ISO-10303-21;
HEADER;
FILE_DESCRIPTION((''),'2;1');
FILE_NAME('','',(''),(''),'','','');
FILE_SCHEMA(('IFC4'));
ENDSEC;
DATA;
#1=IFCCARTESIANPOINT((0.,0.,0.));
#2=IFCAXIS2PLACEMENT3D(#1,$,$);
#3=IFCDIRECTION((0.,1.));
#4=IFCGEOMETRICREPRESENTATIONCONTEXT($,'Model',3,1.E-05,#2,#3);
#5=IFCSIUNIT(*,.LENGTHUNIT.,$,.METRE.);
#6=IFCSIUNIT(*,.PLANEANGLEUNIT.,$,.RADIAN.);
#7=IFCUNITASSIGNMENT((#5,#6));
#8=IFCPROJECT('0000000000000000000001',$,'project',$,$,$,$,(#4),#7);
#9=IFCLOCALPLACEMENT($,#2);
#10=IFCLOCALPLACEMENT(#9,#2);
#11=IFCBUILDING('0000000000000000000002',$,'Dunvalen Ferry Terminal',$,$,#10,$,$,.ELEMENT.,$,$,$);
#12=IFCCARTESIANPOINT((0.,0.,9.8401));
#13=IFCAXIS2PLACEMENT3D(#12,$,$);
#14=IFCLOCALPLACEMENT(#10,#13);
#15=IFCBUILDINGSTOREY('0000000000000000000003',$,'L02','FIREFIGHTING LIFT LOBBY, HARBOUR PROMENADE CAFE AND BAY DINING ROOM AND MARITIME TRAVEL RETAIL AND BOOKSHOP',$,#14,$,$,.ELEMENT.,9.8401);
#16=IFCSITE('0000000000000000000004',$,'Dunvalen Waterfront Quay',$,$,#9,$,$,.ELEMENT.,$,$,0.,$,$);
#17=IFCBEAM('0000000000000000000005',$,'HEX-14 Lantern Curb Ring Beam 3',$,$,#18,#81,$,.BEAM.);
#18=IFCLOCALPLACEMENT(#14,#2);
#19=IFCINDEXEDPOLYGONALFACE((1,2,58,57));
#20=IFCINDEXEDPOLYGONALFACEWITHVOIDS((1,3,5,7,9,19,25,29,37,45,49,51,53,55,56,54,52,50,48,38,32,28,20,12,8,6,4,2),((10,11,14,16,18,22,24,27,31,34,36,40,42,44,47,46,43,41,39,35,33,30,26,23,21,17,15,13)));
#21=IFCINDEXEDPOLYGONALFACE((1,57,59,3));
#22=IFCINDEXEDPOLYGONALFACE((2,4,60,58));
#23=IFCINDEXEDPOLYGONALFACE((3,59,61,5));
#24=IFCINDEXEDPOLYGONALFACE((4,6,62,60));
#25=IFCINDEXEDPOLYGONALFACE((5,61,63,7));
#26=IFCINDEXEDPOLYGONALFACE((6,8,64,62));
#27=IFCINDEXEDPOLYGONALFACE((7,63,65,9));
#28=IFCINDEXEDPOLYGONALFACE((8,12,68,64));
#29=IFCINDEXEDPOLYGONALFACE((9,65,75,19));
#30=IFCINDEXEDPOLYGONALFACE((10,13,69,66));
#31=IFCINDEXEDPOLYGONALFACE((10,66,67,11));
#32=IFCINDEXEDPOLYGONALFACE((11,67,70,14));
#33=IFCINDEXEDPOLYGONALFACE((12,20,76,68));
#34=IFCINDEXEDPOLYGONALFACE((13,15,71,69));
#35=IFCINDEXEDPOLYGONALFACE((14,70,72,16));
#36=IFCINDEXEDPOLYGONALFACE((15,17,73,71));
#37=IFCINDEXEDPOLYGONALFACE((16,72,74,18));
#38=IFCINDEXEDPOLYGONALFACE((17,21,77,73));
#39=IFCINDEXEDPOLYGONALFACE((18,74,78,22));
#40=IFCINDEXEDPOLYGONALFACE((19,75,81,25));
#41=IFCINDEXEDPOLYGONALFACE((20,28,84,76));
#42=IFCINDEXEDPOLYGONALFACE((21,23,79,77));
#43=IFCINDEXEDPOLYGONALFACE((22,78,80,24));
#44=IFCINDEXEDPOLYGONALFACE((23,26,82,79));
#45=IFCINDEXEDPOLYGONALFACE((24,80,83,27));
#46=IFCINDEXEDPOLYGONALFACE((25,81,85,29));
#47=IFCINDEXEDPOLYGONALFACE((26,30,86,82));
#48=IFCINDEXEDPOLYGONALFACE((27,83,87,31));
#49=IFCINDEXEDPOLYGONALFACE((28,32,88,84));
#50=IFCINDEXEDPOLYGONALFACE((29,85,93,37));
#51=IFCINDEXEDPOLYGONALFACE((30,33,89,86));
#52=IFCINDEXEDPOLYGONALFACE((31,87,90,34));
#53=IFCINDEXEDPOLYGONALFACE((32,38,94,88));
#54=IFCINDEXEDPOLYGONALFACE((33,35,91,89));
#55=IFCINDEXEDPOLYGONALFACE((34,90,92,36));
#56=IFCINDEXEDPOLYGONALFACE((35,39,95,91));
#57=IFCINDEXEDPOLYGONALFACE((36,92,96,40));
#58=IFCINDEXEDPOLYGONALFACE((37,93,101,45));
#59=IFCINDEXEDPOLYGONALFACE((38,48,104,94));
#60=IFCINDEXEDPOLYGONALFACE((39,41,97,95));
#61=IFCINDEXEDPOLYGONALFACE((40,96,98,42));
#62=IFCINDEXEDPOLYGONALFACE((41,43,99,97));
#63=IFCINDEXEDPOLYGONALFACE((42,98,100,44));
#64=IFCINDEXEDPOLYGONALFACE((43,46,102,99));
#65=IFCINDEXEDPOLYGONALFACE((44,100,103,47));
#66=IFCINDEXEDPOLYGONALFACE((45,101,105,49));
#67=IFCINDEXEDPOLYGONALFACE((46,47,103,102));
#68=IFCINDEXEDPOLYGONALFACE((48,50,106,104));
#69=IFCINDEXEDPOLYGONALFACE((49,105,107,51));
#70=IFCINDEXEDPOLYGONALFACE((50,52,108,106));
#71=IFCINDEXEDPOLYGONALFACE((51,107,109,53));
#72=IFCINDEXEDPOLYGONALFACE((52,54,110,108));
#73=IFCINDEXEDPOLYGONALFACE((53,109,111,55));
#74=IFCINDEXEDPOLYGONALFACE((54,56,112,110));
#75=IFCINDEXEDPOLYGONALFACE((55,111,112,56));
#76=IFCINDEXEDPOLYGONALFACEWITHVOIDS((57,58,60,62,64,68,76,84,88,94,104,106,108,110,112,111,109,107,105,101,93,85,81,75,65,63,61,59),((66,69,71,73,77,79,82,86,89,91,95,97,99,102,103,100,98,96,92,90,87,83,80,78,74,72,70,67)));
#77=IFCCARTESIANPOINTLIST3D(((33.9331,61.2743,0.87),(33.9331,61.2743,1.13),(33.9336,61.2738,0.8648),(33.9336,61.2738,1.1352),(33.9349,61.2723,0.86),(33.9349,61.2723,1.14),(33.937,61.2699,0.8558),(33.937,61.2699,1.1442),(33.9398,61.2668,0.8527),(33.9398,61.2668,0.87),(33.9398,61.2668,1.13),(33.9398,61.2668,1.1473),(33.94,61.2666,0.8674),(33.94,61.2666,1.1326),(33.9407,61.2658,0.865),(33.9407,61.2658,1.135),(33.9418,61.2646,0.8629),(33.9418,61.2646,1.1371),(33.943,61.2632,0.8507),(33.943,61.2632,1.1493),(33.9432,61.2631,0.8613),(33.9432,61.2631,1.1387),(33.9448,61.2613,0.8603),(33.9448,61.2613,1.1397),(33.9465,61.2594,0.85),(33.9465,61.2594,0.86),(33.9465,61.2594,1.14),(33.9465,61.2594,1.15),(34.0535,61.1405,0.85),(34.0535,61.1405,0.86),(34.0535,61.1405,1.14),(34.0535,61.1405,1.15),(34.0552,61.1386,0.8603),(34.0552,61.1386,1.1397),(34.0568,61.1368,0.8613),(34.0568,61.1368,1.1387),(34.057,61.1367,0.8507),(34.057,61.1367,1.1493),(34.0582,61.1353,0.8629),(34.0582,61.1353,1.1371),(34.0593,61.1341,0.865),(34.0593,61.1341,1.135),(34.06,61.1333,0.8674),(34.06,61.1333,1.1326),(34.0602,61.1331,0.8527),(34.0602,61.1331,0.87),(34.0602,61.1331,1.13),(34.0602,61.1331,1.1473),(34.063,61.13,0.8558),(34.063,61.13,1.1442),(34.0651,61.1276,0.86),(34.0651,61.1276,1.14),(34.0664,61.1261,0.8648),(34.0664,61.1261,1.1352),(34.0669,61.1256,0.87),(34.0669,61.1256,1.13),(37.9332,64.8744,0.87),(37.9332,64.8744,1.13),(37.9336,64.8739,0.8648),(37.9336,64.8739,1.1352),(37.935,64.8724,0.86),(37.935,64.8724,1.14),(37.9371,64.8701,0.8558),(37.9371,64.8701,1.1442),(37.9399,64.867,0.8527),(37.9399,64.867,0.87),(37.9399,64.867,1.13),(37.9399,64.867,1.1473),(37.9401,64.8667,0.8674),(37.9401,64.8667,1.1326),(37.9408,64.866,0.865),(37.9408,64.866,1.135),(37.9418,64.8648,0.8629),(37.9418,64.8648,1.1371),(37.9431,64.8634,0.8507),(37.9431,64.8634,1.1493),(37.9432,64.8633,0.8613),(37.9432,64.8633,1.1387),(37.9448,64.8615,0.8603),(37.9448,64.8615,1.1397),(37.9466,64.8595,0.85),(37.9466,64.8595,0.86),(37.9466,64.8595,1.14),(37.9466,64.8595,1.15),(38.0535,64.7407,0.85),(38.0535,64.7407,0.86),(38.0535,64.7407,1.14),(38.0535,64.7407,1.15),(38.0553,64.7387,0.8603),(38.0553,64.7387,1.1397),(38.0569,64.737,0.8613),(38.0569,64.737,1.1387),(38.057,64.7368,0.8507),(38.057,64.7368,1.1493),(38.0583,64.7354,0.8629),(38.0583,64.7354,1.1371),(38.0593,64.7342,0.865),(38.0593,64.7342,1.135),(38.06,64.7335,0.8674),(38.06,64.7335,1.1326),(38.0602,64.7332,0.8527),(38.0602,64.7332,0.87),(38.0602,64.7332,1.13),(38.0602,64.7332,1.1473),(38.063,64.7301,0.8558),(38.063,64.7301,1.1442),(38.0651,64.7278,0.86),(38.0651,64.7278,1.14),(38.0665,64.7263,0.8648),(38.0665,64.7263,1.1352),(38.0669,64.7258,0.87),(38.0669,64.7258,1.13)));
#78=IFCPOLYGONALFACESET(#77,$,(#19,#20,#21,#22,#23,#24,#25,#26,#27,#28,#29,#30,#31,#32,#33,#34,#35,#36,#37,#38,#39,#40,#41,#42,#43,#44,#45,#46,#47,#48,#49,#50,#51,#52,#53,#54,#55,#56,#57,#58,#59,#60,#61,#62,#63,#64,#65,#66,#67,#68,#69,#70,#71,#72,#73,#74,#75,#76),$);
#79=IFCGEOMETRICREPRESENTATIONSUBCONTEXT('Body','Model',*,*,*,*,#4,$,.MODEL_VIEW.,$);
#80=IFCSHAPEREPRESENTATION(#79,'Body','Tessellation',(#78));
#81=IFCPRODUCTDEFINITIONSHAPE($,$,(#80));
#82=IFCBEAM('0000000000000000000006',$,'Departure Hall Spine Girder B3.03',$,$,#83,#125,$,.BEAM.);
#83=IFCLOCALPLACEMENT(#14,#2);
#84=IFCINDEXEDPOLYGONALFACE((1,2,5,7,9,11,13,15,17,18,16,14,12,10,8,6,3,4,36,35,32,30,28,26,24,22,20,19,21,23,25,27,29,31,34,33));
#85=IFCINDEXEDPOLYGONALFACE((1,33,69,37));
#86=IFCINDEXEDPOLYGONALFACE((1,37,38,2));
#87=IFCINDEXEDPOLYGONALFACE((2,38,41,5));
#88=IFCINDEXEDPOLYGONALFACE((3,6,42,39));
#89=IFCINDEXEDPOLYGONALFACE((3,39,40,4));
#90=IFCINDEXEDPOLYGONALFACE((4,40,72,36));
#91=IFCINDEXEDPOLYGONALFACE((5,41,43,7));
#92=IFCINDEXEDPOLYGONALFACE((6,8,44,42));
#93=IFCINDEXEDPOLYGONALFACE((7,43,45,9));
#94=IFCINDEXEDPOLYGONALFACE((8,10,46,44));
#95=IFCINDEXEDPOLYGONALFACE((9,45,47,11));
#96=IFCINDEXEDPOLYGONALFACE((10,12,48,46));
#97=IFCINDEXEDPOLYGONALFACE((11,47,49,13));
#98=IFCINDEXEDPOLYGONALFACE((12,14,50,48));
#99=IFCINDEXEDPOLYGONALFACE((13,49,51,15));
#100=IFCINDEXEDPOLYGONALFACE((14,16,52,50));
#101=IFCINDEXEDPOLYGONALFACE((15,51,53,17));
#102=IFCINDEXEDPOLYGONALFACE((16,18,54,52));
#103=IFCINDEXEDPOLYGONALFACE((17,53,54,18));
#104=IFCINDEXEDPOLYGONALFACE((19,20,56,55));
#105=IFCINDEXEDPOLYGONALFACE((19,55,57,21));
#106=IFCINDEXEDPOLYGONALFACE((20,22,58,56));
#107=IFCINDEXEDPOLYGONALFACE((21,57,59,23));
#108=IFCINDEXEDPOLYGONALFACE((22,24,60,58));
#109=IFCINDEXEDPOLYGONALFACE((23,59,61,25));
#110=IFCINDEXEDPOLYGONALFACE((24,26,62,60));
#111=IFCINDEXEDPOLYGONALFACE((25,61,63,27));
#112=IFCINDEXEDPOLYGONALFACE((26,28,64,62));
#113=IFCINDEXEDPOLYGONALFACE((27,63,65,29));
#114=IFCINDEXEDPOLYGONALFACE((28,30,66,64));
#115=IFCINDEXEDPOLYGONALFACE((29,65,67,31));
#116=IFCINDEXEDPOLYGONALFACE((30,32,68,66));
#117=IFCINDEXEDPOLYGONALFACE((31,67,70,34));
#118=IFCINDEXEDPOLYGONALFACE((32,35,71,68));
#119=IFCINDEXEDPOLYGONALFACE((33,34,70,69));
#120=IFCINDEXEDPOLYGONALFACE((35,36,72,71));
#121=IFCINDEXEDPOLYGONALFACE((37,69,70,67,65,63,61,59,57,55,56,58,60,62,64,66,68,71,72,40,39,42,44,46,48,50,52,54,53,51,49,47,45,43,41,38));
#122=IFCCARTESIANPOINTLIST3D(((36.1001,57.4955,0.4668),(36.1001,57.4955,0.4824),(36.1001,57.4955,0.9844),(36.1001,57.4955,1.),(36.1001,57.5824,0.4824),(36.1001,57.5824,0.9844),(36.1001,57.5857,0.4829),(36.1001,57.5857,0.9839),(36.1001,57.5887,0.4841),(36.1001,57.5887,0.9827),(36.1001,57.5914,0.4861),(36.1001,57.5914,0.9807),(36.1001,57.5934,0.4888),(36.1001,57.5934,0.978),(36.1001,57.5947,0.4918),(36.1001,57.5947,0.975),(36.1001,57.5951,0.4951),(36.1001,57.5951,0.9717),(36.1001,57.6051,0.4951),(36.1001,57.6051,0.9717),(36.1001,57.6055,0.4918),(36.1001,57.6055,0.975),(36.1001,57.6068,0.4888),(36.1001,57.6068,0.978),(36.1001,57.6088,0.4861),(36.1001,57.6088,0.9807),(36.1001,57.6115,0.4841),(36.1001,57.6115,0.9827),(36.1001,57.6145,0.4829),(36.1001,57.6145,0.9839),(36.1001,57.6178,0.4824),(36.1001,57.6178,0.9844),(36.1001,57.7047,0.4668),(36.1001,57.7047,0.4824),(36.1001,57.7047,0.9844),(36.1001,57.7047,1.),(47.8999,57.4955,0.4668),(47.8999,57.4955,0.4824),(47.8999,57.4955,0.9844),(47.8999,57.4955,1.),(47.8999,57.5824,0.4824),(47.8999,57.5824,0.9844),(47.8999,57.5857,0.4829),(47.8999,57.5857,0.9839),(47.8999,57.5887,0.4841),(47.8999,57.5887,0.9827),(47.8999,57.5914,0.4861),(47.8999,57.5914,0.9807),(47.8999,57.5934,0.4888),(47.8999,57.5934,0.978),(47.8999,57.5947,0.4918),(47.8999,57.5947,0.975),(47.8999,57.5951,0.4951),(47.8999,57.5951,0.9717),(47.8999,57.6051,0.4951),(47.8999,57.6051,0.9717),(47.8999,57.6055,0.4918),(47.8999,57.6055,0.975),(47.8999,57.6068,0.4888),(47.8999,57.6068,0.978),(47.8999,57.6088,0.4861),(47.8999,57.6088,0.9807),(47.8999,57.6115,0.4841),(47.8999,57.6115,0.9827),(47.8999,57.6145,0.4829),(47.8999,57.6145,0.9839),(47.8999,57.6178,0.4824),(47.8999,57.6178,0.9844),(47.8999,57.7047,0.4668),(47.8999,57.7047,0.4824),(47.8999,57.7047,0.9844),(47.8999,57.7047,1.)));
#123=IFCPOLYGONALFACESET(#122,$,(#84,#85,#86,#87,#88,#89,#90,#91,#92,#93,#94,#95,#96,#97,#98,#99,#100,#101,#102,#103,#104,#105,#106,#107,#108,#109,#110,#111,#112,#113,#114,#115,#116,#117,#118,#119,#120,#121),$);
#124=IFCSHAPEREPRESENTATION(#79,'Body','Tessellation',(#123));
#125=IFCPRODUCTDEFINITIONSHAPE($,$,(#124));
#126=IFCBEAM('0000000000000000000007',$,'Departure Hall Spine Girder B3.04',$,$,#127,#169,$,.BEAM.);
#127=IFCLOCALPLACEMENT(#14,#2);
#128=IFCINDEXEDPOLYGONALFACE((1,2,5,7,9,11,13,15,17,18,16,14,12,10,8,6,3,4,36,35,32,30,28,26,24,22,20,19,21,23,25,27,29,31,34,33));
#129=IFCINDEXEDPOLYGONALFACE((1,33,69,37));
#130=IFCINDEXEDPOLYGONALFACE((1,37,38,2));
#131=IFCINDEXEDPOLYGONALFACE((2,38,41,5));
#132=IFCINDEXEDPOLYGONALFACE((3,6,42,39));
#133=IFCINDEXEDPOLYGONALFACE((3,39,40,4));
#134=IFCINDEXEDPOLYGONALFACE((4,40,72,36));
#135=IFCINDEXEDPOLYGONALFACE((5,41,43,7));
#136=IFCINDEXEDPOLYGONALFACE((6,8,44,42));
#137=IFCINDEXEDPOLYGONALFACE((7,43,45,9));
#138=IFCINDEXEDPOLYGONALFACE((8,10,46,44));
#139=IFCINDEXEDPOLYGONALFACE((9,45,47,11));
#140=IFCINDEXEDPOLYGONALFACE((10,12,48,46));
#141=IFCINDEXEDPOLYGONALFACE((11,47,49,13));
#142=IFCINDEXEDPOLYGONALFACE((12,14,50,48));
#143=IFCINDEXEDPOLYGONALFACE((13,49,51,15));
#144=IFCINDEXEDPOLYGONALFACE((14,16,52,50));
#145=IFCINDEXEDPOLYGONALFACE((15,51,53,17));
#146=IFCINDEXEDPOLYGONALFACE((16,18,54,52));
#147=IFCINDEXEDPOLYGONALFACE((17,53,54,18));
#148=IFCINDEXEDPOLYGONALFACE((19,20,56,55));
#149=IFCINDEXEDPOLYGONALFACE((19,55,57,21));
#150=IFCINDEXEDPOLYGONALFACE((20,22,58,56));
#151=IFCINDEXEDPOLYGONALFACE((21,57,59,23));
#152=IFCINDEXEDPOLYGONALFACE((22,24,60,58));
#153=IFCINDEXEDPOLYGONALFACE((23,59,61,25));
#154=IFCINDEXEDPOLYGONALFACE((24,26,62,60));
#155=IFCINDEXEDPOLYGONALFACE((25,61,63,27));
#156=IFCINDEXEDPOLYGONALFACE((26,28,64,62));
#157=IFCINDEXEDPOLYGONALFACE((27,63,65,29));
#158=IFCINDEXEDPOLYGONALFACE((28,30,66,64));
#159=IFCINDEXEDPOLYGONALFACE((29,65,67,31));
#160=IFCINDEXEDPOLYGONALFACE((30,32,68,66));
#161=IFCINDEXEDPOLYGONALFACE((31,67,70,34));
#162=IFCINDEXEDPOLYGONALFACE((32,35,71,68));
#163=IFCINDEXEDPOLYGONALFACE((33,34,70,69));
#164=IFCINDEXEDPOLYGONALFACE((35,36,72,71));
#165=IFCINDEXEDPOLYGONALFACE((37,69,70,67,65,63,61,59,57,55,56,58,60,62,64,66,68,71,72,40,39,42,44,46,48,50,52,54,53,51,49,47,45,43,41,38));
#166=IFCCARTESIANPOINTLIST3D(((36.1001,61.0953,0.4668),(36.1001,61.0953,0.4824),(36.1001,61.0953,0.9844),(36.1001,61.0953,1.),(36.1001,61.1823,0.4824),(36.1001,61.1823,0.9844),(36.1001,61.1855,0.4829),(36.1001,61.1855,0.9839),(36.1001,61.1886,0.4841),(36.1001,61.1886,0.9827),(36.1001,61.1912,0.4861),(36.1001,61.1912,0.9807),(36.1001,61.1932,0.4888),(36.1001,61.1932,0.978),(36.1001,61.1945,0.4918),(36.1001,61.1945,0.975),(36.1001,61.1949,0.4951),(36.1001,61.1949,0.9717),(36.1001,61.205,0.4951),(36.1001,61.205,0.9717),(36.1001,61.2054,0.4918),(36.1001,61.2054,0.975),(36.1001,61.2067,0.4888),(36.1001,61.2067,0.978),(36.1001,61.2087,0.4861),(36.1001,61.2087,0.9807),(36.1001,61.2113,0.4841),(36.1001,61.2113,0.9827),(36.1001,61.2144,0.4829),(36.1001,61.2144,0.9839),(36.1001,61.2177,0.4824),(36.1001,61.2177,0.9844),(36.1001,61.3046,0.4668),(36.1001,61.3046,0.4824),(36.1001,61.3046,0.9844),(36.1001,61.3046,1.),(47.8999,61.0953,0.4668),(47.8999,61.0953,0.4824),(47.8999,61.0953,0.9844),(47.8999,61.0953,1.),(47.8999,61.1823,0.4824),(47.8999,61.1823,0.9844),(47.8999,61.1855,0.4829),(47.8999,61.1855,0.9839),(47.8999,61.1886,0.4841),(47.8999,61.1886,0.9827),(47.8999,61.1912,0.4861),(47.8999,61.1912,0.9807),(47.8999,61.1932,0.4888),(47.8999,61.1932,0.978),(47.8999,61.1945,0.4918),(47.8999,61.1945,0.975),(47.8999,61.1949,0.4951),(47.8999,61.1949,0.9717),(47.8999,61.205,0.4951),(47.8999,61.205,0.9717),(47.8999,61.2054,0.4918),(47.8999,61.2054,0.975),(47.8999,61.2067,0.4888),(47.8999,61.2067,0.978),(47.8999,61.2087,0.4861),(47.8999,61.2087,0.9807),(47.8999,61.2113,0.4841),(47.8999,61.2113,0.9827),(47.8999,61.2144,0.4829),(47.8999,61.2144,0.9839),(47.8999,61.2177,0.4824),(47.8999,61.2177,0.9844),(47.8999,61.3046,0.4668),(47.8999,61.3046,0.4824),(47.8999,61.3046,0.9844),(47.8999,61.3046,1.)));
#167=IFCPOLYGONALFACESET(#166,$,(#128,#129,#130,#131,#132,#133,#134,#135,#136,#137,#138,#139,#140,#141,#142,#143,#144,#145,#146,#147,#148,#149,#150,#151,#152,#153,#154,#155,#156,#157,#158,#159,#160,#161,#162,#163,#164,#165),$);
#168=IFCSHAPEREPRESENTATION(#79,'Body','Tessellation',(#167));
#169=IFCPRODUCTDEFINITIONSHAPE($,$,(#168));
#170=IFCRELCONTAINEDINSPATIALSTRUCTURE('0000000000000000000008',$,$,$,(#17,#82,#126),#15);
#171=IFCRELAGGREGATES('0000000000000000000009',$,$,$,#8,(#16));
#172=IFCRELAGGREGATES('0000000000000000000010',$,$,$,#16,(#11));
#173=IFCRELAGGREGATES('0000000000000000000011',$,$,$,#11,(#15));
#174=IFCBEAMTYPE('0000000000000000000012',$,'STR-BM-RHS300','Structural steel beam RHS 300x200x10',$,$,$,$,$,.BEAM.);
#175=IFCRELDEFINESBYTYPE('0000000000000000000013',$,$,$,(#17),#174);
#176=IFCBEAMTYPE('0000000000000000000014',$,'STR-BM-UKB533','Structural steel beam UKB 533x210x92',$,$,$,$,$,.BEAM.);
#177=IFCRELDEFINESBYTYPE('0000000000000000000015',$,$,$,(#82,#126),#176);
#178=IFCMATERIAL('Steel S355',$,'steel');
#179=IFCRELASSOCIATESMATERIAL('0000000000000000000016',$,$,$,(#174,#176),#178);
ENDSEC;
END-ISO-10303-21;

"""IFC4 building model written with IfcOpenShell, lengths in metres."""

from ifc_helpers import new_model, si_unit, direction, frame, origin, origin_2d, place, context, subcontext, project, spatial, hollow_rectangle, i_section, extrude, material, material_profile, profile_set, type_object, element, save


model = new_model("IFC4")

# Units and contexts
model_context = context("Model", 3, precision=1e-05, world=origin(), true_north=direction((0.0, 1.0)))
body_context = subcontext(model_context, "Body", "Model", "MODEL_VIEW")
ifc_project = project(units=[si_unit("LENGTHUNIT", "METRE"), si_unit("PLANEANGLEUNIT", "RADIAN")], contexts=[model_context])

# Site, building, storey
site_placement = place(None, origin())
site = spatial("IfcSite", under=ifc_project, at=site_placement, Name="Dunvalen Waterfront Quay", CompositionType="ELEMENT", RefElevation=0.0)
building_placement = place(site_placement, origin())
building = spatial("IfcBuilding", under=site, at=building_placement, Name="Dunvalen Ferry Terminal", CompositionType="ELEMENT")
storey_placement = place(building_placement, frame((0.0, 0.0, 9.8401)))
storey = spatial("IfcBuildingStorey", under=building, at=storey_placement, Name="L02", Description="FIREFIGHTING LIFT LOBBY, HARBOUR PROMENADE CAFE AND BAY DINING ROOM AND MARITIME TRAVEL RETAIL AND BOOKSHOP", CompositionType="ELEMENT", Elevation=9.8401)

# Beams
ifc_material_1 = material(Name="Steel S355", Category="steel")
ifc_material_profile_1 = material_profile(ifc_material_1, hollow_rectangle(XDim=0.2, YDim=0.3, WallThickness=0.01, InnerFilletRadius=0.01, OuterFilletRadius=0.02, at=origin_2d()), Name="Steel S355")
ifc_profile_set_1 = profile_set([ifc_material_profile_1], Name="Steel S355")
beam_type_1 = type_object("IfcBeamType", Name="STR-BM-RHS300", Description="Structural steel beam RHS 300x200x10", PredefinedType="BEAM", material=ifc_profile_set_1)
beam_1_placement = place(storey_placement, frame((34.0, 61.2, 1.0), z_axis=(0.743285, 0.668975, 0.0), x_axis=(-0.668975, 0.743285, 0.0)))
element("IfcBeam", 1, at=beam_1_placement, inside=storey, type_object=beam_type_1, Name="HEX-14 Lantern Curb Ring Beam 3", PredefinedType="BEAM", context=body_context, shape_type="SweptSolid", body=[
    extrude(hollow_rectangle(XDim=0.2, YDim=0.3, WallThickness=0.01, InnerFilletRadius=0.01, OuterFilletRadius=0.02, at=origin_2d()), origin(), (0.0, 0.0, 1.0), 5.3816),
])
ifc_material_profile_2 = material_profile(ifc_material_1, i_section(OverallWidth=0.2092, OverallDepth=0.5332, WebThickness=0.01, FlangeThickness=0.0156, FilletRadius=0.0127, at=origin_2d()), Name="Steel S355")
ifc_profile_set_2 = profile_set([ifc_material_profile_2], Name="Steel S355")
beam_type_2 = type_object("IfcBeamType", Name="STR-BM-UKB533", Description="Structural steel beam UKB 533x210x92", PredefinedType="BEAM", material=ifc_profile_set_2)
for number, where, z_axis, x_axis, name in (
    (2, (36.1001, 57.6001, 0.7334), (1.0, 0.0, 0.0), (0.0, 1.0, 0.0), "Departure Hall Spine Girder B3.03"),
    (3, (36.1001, 61.2, 0.7334), (1.0, 0.0, 0.0), (0.0, 1.0, 0.0), "Departure Hall Spine Girder B3.04"),
):
    element("IfcBeam", number, at=place(storey_placement, frame(where, z_axis=z_axis, x_axis=x_axis)), inside=storey, type_object=beam_type_2, Name=name, PredefinedType="BEAM", context=body_context, shape_type="SweptSolid", body=[
        extrude(i_section(OverallWidth=0.2092, OverallDepth=0.5332, WebThickness=0.01, FlangeThickness=0.0156, FilletRadius=0.0127, at=origin_2d()), origin(), (0.0, 0.0, 1.0), 11.7998),
    ])

save(model, "model.ifc")
